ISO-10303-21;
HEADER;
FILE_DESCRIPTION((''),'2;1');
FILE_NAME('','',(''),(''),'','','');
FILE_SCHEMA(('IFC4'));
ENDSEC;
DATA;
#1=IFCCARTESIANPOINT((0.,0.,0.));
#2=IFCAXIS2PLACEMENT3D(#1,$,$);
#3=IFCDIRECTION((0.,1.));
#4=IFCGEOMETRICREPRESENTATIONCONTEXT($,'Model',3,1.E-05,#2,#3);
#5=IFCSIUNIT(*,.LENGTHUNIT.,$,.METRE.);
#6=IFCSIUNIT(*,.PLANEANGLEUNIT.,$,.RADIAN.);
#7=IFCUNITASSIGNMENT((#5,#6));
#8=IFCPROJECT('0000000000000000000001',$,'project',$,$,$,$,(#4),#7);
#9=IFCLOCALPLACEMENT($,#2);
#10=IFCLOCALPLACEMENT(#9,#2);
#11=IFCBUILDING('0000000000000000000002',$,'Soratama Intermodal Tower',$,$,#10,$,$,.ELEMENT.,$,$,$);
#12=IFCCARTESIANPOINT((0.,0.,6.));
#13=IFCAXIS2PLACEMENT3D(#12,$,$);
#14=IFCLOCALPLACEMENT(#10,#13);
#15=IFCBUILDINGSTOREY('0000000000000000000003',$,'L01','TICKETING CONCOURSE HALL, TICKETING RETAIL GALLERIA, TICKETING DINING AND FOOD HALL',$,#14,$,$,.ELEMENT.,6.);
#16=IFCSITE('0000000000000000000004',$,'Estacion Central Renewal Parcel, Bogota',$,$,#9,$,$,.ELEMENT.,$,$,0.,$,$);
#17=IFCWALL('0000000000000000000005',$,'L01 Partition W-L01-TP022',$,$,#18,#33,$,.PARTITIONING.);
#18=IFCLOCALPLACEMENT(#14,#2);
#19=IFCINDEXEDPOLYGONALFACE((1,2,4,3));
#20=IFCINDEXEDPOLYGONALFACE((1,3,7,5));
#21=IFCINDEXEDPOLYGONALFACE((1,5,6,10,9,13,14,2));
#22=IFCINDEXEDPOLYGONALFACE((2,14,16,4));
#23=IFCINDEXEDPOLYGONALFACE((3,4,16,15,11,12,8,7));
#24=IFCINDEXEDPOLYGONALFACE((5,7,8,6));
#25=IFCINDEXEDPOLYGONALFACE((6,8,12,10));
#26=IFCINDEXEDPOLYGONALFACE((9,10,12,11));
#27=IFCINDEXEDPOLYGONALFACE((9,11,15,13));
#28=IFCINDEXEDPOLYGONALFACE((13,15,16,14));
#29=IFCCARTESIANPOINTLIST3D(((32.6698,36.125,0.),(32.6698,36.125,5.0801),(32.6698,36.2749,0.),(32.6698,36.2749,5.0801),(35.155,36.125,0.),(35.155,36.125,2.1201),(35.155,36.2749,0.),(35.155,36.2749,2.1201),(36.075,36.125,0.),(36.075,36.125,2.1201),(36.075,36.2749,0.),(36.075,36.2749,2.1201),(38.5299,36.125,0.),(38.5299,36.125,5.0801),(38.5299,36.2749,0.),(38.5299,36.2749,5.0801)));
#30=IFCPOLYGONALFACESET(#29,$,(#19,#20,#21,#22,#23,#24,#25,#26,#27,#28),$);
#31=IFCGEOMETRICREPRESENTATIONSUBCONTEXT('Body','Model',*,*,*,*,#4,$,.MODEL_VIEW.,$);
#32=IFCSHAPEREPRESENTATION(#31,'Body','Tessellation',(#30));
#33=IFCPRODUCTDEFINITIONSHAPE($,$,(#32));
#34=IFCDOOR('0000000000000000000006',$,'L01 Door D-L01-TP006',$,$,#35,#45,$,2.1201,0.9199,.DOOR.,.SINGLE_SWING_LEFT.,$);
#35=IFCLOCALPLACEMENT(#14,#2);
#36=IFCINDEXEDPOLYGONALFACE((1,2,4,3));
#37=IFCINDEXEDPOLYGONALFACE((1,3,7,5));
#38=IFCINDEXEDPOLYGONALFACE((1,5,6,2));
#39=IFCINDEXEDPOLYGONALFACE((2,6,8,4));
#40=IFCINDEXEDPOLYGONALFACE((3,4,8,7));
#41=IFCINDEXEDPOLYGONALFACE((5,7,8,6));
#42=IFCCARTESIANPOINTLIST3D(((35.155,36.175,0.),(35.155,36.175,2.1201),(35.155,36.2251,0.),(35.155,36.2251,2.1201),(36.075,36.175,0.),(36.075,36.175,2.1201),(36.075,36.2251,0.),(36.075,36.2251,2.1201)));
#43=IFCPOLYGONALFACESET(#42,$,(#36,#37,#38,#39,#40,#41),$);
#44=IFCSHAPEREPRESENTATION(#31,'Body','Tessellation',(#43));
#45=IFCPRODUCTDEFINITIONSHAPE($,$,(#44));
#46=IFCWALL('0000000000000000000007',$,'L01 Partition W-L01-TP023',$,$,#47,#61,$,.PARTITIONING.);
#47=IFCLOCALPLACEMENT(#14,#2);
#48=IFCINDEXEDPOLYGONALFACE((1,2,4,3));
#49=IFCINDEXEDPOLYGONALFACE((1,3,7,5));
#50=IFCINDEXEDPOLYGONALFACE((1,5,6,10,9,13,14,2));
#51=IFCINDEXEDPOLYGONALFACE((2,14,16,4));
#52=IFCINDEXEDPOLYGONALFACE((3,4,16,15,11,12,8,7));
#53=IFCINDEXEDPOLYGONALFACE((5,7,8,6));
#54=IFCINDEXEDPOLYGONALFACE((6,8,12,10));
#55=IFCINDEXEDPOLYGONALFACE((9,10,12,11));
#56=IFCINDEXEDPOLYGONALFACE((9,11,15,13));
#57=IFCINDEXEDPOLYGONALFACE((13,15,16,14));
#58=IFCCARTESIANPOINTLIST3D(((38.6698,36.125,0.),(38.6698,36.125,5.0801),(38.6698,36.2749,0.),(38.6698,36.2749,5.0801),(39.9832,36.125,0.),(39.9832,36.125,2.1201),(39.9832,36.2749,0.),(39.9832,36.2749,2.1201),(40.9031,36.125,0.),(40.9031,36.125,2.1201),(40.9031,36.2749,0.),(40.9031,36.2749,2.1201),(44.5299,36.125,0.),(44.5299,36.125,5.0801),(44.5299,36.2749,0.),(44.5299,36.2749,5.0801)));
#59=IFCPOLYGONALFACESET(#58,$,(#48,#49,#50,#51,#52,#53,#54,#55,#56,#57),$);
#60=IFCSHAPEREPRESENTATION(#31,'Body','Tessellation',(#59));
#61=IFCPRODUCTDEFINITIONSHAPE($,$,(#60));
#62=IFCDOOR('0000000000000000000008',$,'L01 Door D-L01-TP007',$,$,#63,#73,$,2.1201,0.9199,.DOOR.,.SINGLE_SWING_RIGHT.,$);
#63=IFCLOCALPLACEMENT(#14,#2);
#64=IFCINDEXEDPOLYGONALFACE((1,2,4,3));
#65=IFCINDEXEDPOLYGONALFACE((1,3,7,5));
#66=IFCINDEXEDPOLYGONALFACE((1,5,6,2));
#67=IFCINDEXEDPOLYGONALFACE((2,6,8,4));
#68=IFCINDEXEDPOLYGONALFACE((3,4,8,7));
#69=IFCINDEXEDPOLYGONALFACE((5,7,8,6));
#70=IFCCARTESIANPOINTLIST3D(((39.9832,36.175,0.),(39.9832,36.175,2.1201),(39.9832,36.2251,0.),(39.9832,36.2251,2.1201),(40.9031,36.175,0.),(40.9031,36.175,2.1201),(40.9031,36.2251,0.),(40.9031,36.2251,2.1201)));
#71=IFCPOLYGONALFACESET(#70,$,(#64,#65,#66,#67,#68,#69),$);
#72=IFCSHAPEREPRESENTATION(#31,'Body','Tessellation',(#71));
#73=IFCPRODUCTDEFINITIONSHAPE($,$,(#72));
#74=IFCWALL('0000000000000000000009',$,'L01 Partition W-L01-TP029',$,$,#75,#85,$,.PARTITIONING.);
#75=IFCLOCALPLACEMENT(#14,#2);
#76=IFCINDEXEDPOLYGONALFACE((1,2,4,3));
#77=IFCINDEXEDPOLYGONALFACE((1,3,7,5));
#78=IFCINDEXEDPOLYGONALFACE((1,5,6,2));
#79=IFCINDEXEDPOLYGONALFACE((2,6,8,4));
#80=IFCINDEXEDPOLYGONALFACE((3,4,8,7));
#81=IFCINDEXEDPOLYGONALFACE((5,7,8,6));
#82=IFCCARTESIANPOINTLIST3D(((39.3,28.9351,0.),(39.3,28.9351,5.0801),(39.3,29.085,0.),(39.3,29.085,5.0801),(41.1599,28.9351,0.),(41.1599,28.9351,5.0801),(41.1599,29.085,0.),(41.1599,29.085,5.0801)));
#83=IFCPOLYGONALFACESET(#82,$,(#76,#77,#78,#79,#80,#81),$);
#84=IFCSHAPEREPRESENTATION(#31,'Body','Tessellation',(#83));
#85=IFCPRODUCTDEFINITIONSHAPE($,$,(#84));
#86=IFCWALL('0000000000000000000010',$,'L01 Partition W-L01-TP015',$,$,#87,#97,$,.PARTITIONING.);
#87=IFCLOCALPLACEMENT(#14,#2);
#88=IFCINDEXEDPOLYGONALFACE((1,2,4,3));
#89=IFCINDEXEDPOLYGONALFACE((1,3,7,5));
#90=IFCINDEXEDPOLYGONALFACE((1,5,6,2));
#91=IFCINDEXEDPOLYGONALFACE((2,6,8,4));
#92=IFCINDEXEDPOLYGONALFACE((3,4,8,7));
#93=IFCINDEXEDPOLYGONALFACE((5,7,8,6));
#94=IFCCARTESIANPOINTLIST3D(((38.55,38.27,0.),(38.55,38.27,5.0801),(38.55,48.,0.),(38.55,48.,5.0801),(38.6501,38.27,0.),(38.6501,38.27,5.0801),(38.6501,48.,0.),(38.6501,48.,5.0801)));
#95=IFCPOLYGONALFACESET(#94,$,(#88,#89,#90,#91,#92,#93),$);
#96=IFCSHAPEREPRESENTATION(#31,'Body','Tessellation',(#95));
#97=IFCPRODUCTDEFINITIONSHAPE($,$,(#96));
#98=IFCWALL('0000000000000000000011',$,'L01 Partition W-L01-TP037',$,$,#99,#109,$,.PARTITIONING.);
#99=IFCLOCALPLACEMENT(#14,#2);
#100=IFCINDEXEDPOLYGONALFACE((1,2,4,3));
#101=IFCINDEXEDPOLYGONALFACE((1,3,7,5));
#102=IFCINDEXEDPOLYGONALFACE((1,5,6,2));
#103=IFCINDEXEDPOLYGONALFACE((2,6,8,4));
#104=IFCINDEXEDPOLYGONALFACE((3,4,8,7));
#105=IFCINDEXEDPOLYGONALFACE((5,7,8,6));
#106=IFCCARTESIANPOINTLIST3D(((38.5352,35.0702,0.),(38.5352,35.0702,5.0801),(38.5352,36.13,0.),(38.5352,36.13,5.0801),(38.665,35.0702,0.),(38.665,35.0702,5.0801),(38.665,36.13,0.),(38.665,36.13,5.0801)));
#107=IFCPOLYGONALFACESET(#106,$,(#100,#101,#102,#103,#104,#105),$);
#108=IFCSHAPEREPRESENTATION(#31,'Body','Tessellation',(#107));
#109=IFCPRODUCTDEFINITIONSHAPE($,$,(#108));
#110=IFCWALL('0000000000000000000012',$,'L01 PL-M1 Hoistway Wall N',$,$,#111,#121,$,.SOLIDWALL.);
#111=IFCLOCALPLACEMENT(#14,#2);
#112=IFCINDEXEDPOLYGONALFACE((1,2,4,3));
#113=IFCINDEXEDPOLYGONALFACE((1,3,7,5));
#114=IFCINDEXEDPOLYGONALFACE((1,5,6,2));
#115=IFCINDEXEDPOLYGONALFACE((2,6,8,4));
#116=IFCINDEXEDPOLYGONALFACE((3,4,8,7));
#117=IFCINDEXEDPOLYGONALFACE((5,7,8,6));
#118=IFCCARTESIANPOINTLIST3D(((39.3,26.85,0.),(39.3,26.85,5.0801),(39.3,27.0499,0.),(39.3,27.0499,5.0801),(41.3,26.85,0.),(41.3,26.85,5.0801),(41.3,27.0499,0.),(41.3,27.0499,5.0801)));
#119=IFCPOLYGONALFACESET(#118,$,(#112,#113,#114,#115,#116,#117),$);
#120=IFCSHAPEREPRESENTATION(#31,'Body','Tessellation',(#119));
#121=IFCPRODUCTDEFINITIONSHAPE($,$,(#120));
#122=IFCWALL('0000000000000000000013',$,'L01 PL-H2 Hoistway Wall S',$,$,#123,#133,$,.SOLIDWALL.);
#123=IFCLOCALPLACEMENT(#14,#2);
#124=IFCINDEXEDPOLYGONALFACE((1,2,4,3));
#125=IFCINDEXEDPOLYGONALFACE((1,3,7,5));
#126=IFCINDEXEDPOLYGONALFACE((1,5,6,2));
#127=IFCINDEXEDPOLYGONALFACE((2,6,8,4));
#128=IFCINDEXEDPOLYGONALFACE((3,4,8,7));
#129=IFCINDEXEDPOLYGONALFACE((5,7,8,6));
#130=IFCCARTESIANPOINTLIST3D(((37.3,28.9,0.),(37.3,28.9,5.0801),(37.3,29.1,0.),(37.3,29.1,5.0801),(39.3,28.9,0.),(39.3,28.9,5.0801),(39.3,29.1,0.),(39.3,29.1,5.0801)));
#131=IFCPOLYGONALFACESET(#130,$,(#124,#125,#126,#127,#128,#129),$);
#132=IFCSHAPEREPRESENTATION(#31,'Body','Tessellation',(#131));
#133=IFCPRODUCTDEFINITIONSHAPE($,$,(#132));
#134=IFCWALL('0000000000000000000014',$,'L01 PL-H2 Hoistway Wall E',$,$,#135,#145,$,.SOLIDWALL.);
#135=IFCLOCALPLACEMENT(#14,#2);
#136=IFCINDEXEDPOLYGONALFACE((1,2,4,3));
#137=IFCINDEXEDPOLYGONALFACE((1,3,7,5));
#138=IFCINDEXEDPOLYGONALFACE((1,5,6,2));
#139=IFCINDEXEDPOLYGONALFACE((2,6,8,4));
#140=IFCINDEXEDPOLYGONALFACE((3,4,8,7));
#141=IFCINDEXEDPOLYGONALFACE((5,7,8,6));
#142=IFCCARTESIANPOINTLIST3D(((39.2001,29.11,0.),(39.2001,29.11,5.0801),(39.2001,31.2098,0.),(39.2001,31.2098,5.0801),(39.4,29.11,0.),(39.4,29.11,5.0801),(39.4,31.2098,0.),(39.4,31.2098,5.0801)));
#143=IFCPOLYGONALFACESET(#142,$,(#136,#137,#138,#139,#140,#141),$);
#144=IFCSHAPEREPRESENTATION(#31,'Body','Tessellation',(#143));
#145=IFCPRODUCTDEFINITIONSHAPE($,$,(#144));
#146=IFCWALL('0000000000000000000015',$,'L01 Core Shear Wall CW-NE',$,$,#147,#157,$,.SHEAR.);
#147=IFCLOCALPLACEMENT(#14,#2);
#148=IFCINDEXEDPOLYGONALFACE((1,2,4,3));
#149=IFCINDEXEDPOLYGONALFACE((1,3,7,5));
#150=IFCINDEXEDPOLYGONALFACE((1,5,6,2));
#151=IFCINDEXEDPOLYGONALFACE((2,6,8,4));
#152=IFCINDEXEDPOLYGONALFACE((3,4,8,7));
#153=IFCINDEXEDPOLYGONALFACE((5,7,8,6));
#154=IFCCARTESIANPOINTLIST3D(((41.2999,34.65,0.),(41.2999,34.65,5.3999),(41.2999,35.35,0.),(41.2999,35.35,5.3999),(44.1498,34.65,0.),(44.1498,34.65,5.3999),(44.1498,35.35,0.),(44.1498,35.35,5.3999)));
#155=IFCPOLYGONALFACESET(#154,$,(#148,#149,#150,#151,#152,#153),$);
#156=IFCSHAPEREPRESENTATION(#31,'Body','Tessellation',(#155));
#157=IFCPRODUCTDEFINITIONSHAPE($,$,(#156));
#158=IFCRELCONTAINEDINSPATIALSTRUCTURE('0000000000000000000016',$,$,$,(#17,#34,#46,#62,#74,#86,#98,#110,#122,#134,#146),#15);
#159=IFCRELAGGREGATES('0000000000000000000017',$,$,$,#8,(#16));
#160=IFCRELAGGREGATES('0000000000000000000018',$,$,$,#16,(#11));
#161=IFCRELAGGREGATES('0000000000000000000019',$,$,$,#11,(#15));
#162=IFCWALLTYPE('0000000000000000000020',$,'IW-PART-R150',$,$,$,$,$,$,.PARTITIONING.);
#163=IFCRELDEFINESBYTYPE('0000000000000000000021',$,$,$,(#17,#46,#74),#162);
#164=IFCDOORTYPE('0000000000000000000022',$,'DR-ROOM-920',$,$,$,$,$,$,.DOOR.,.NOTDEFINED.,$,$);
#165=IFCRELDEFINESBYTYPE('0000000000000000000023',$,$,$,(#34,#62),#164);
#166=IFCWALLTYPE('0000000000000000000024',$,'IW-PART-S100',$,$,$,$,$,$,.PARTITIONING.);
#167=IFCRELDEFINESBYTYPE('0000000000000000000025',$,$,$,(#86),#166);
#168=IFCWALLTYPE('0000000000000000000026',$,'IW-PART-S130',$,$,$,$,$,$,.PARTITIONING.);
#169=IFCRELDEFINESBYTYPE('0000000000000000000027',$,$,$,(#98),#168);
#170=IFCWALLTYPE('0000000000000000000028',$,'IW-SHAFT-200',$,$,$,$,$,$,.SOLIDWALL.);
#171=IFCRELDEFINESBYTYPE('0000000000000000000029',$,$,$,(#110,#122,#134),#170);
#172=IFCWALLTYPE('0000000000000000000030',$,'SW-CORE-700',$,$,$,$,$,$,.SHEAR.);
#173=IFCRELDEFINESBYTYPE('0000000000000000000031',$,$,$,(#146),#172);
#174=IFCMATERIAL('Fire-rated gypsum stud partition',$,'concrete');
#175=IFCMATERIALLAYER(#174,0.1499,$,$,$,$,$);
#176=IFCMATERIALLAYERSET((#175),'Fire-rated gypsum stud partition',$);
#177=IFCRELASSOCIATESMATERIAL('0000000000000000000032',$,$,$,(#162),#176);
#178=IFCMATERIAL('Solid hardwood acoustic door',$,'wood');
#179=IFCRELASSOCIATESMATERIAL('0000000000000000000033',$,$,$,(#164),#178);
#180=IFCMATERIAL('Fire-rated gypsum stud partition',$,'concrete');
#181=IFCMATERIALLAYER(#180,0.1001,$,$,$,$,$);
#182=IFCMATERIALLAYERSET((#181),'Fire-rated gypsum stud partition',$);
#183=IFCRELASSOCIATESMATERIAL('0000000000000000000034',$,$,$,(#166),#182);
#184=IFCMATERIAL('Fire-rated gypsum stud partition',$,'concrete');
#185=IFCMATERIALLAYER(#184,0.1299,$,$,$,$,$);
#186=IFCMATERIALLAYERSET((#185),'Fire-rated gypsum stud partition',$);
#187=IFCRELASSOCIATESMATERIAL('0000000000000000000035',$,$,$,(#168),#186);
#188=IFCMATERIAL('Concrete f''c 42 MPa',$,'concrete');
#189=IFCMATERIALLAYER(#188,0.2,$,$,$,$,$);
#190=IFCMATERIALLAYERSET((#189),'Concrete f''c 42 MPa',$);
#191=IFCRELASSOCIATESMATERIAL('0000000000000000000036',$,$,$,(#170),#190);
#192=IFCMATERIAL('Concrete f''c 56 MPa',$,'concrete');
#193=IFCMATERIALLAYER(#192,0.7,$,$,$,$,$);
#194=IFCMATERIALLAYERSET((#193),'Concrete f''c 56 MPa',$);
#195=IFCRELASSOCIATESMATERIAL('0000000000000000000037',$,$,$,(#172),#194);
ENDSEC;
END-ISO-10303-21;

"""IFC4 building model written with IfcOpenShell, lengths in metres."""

from ifc_helpers import new_model, si_unit, direction, frame, frame_2d, origin, place, context, subcontext, project, spatial, rectangle, extrude, material, layer, layer_set, type_object, element, fill, save


model = new_model("IFC4")

# Units and contexts
model_context = context("Model", 3, precision=1e-05, world=origin(), true_north=direction((0.0, 1.0)))
body_context = subcontext(model_context, "Body", "Model", "MODEL_VIEW")
ifc_project = project(units=[si_unit("LENGTHUNIT", "METRE"), si_unit("PLANEANGLEUNIT", "RADIAN")], contexts=[model_context])

# Site, building, storey
site_placement = place(None, origin())
site = spatial("IfcSite", under=ifc_project, at=site_placement, Name="Estacion Central Renewal Parcel, Bogota", CompositionType="ELEMENT", RefElevation=0.0)
building_placement = place(site_placement, origin())
building = spatial("IfcBuilding", under=site, at=building_placement, Name="Soratama Intermodal Tower", CompositionType="ELEMENT")
storey_placement = place(building_placement, frame((0.0, 0.0, 6.0)))
storey = spatial("IfcBuildingStorey", under=building, at=storey_placement, Name="L01", Description="TICKETING CONCOURSE HALL, TICKETING RETAIL GALLERIA, TICKETING DINING AND FOOD HALL", CompositionType="ELEMENT", Elevation=6.0)

# Shared definitions
ifc_material_1 = material(Name="Fire-rated gypsum stud partition", Category="concrete")
ifc_layer_1 = layer(ifc_material_1, 0.1499)
ifc_layer_set_1 = layer_set([ifc_layer_1], Name="Fire-rated gypsum stud partition")
wall_type_1 = type_object("IfcWallType", Name="IW-PART-R150", PredefinedType="PARTITIONING", material=ifc_layer_set_1)

# Walls, openings, doors
wall_1_placement = place(storey_placement, frame((38.53, 36.2, 0.0), z_axis=(0.0, 0.0, 1.0), x_axis=(-1.0, 0.0, 0.0)))
wall_1 = element("IfcWall", 1, at=wall_1_placement, inside=storey, type_object=wall_type_1, Name="L01 Partition W-L01-TP022", PredefinedType="PARTITIONING", context=body_context, shape_type="SweptSolid", body=[
    extrude(rectangle(XDim=5.8601, YDim=0.1499, at=frame_2d((2.9302, 0.0))), origin(), (0.0, 0.0, 1.0), 5.0801),
])
opening_1_placement = place(wall_1_placement, frame((2.4551, 0.0, 0.0)))
opening_1 = element("IfcOpeningElement", 2, at=opening_1_placement, cuts=wall_1, PredefinedType="OPENING", context=body_context, shape_type="SweptSolid", body=[
    extrude(rectangle(XDim=0.9199, YDim=2.1201, at=frame_2d((0.46, 1.0601))), frame((0.0, 0.085, 0.0), z_axis=(0.0, -1.0, 0.0), x_axis=(1.0, 0.0, 0.0)), (0.0, 0.0, 1.0), 0.1699),
])
ifc_material_2 = material(Name="Solid hardwood acoustic door", Category="wood")
door_type_1 = type_object("IfcDoorType", Name="DR-ROOM-920", OperationType="NOTDEFINED", PredefinedType="DOOR", material=ifc_material_2)
door_1_placement = place(opening_1_placement, origin())
door_1 = element("IfcDoor", 3, at=door_1_placement, inside=storey, type_object=door_type_1, Name="L01 Door D-L01-TP006", OperationType="SINGLE_SWING_LEFT", OverallHeight=2.1201, OverallWidth=0.9199, PredefinedType="DOOR", context=body_context, shape_type="SweptSolid", body=[
    extrude(rectangle(XDim=0.9199, YDim=2.1201, at=frame_2d((0.46, 1.0601))), frame((0.0, 0.0249, 0.0), z_axis=(0.0, -1.0, 0.0), x_axis=(1.0, 0.0, 0.0)), (0.0, 0.0, 1.0), 0.05),
])
fill(opening_1, door_1)
wall_2_placement = place(storey_placement, frame((44.53, 36.2, 0.0), z_axis=(0.0, 0.0, 1.0), x_axis=(-1.0, 0.0, 0.0)))
wall_2 = element("IfcWall", 4, at=wall_2_placement, inside=storey, type_object=wall_type_1, Name="L01 Partition W-L01-TP023", PredefinedType="PARTITIONING", context=body_context, shape_type="SweptSolid", body=[
    extrude(rectangle(XDim=5.8601, YDim=0.1499, at=frame_2d((2.9302, 0.0))), origin(), (0.0, 0.0, 1.0), 5.0801),
])
opening_2_placement = place(wall_2_placement, frame((3.627, 0.0, 0.0)))
opening_2 = element("IfcOpeningElement", 5, at=opening_2_placement, cuts=wall_2, PredefinedType="OPENING", context=body_context, shape_type="SweptSolid", body=[
    extrude(rectangle(XDim=0.9199, YDim=2.1201, at=frame_2d((0.46, 1.0601))), frame((0.0, 0.085, 0.0), z_axis=(0.0, -1.0, 0.0), x_axis=(1.0, 0.0, 0.0)), (0.0, 0.0, 1.0), 0.1699),
])
door_2_placement = place(opening_2_placement, origin())
door_2 = element("IfcDoor", 6, at=door_2_placement, inside=storey, type_object=door_type_1, Name="L01 Door D-L01-TP007", OperationType="SINGLE_SWING_RIGHT", OverallHeight=2.1201, OverallWidth=0.9199, PredefinedType="DOOR", context=body_context, shape_type="SweptSolid", body=[
    extrude(rectangle(XDim=0.9199, YDim=2.1201, at=frame_2d((0.46, 1.0601))), frame((0.0, 0.0249, 0.0), z_axis=(0.0, -1.0, 0.0), x_axis=(1.0, 0.0, 0.0)), (0.0, 0.0, 1.0), 0.05),
])
fill(opening_2, door_2)

# Walls
wall_3_placement = place(storey_placement, frame((39.3, 29.01, 0.0), z_axis=(0.0, 0.0, 1.0), x_axis=(1.0, 0.0, 0.0)))
element("IfcWall", 7, at=wall_3_placement, inside=storey, type_object=wall_type_1, Name="L01 Partition W-L01-TP029", PredefinedType="PARTITIONING", context=body_context, shape_type="SweptSolid", body=[
    extrude(rectangle(XDim=1.8599, YDim=0.1499, at=frame_2d((0.9299, 0.0))), origin(), (0.0, 0.0, 1.0), 5.0801),
])
ifc_material_3 = material(Name="Fire-rated gypsum stud partition", Category="concrete")
ifc_layer_2 = layer(ifc_material_3, 0.1001)
ifc_layer_set_2 = layer_set([ifc_layer_2], Name="Fire-rated gypsum stud partition")
wall_type_2 = type_object("IfcWallType", Name="IW-PART-S100", PredefinedType="PARTITIONING", material=ifc_layer_set_2)
wall_4_placement = place(storey_placement, frame((38.6001, 48.0, 0.0), z_axis=(0.0, 0.0, 1.0), x_axis=(0.0, -1.0, 0.0)))
element("IfcWall", 8, at=wall_4_placement, inside=storey, type_object=wall_type_2, Name="L01 Partition W-L01-TP015", PredefinedType="PARTITIONING", context=body_context, shape_type="SweptSolid", body=[
    extrude(rectangle(XDim=9.73, YDim=0.1001, at=frame_2d((4.865, 0.0))), origin(), (0.0, 0.0, 1.0), 5.0801),
])
ifc_material_4 = material(Name="Fire-rated gypsum stud partition", Category="concrete")
ifc_layer_3 = layer(ifc_material_4, 0.1299)
ifc_layer_set_3 = layer_set([ifc_layer_3], Name="Fire-rated gypsum stud partition")
wall_type_3 = type_object("IfcWallType", Name="IW-PART-S130", PredefinedType="PARTITIONING", material=ifc_layer_set_3)
wall_5_placement = place(storey_placement, frame((38.6001, 36.1299, 0.0), z_axis=(0.0, 0.0, 1.0), x_axis=(0.0, -1.0, 0.0)))
element("IfcWall", 9, at=wall_5_placement, inside=storey, type_object=wall_type_3, Name="L01 Partition W-L01-TP037", PredefinedType="PARTITIONING", context=body_context, shape_type="SweptSolid", body=[
    extrude(rectangle(XDim=1.0598, YDim=0.1299, at=frame_2d((0.5298, 0.0))), origin(), (0.0, 0.0, 1.0), 5.0801),
])
ifc_material_5 = material(Name="Concrete f'c 42 MPa", Category="concrete")
ifc_layer_4 = layer(ifc_material_5, 0.2)
ifc_layer_set_4 = layer_set([ifc_layer_4], Name="Concrete f'c 42 MPa")
wall_type_4 = type_object("IfcWallType", Name="IW-SHAFT-200", PredefinedType="SOLIDWALL", material=ifc_layer_set_4)
for number, where, z_axis, x_axis, name in (
    (10, (39.3, 26.95, 0.0), (0.0, 0.0, 1.0), (1.0, 0.0, 0.0), "L01 PL-M1 Hoistway Wall N"),
    (11, (37.3, 29.0, 0.0), (0.0, 0.0, 1.0), (1.0, 0.0, 0.0), "L01 PL-H2 Hoistway Wall S"),
):
    element("IfcWall", number, at=place(storey_placement, frame(where, z_axis=z_axis, x_axis=x_axis)), inside=storey, type_object=wall_type_4, Name=name, PredefinedType="SOLIDWALL", context=body_context, shape_type="SweptSolid", body=[
        extrude(rectangle(XDim=2.0, YDim=0.2, at=frame_2d((1.0, 0.0))), origin(), (0.0, 0.0, 1.0), 5.0801),
    ])
wall_6_placement = place(storey_placement, frame((39.3, 29.1101, 0.0), z_axis=(0.0, 0.0, 1.0), x_axis=(0.0, 1.0, 0.0)))
element("IfcWall", 12, at=wall_6_placement, inside=storey, type_object=wall_type_4, Name="L01 PL-H2 Hoistway Wall E", PredefinedType="SOLIDWALL", context=body_context, shape_type="SweptSolid", body=[
    extrude(rectangle(XDim=2.0999, YDim=0.2, at=frame_2d((1.0498, 0.0))), origin(), (0.0, 0.0, 1.0), 5.0801),
])
ifc_material_6 = material(Name="Concrete f'c 56 MPa", Category="concrete")
ifc_layer_5 = layer(ifc_material_6, 0.7)
ifc_layer_set_5 = layer_set([ifc_layer_5], Name="Concrete f'c 56 MPa")
wall_type_5 = type_object("IfcWallType", Name="SW-CORE-700", PredefinedType="SHEAR", material=ifc_layer_set_5)
wall_7_placement = place(storey_placement, frame((41.3, 35.0, 0.0), z_axis=(0.0, 0.0, 1.0), x_axis=(1.0, 0.0, 0.0)))
element("IfcWall", 13, at=wall_7_placement, inside=storey, type_object=wall_type_5, Name="L01 Core Shear Wall CW-NE", PredefinedType="SHEAR", context=body_context, shape_type="SweptSolid", body=[
    extrude(rectangle(XDim=2.8499, YDim=0.7, at=frame_2d((1.4248, 0.0))), origin(), (0.0, 0.0, 1.0), 5.3999),
])

save(model, "model.ifc")
